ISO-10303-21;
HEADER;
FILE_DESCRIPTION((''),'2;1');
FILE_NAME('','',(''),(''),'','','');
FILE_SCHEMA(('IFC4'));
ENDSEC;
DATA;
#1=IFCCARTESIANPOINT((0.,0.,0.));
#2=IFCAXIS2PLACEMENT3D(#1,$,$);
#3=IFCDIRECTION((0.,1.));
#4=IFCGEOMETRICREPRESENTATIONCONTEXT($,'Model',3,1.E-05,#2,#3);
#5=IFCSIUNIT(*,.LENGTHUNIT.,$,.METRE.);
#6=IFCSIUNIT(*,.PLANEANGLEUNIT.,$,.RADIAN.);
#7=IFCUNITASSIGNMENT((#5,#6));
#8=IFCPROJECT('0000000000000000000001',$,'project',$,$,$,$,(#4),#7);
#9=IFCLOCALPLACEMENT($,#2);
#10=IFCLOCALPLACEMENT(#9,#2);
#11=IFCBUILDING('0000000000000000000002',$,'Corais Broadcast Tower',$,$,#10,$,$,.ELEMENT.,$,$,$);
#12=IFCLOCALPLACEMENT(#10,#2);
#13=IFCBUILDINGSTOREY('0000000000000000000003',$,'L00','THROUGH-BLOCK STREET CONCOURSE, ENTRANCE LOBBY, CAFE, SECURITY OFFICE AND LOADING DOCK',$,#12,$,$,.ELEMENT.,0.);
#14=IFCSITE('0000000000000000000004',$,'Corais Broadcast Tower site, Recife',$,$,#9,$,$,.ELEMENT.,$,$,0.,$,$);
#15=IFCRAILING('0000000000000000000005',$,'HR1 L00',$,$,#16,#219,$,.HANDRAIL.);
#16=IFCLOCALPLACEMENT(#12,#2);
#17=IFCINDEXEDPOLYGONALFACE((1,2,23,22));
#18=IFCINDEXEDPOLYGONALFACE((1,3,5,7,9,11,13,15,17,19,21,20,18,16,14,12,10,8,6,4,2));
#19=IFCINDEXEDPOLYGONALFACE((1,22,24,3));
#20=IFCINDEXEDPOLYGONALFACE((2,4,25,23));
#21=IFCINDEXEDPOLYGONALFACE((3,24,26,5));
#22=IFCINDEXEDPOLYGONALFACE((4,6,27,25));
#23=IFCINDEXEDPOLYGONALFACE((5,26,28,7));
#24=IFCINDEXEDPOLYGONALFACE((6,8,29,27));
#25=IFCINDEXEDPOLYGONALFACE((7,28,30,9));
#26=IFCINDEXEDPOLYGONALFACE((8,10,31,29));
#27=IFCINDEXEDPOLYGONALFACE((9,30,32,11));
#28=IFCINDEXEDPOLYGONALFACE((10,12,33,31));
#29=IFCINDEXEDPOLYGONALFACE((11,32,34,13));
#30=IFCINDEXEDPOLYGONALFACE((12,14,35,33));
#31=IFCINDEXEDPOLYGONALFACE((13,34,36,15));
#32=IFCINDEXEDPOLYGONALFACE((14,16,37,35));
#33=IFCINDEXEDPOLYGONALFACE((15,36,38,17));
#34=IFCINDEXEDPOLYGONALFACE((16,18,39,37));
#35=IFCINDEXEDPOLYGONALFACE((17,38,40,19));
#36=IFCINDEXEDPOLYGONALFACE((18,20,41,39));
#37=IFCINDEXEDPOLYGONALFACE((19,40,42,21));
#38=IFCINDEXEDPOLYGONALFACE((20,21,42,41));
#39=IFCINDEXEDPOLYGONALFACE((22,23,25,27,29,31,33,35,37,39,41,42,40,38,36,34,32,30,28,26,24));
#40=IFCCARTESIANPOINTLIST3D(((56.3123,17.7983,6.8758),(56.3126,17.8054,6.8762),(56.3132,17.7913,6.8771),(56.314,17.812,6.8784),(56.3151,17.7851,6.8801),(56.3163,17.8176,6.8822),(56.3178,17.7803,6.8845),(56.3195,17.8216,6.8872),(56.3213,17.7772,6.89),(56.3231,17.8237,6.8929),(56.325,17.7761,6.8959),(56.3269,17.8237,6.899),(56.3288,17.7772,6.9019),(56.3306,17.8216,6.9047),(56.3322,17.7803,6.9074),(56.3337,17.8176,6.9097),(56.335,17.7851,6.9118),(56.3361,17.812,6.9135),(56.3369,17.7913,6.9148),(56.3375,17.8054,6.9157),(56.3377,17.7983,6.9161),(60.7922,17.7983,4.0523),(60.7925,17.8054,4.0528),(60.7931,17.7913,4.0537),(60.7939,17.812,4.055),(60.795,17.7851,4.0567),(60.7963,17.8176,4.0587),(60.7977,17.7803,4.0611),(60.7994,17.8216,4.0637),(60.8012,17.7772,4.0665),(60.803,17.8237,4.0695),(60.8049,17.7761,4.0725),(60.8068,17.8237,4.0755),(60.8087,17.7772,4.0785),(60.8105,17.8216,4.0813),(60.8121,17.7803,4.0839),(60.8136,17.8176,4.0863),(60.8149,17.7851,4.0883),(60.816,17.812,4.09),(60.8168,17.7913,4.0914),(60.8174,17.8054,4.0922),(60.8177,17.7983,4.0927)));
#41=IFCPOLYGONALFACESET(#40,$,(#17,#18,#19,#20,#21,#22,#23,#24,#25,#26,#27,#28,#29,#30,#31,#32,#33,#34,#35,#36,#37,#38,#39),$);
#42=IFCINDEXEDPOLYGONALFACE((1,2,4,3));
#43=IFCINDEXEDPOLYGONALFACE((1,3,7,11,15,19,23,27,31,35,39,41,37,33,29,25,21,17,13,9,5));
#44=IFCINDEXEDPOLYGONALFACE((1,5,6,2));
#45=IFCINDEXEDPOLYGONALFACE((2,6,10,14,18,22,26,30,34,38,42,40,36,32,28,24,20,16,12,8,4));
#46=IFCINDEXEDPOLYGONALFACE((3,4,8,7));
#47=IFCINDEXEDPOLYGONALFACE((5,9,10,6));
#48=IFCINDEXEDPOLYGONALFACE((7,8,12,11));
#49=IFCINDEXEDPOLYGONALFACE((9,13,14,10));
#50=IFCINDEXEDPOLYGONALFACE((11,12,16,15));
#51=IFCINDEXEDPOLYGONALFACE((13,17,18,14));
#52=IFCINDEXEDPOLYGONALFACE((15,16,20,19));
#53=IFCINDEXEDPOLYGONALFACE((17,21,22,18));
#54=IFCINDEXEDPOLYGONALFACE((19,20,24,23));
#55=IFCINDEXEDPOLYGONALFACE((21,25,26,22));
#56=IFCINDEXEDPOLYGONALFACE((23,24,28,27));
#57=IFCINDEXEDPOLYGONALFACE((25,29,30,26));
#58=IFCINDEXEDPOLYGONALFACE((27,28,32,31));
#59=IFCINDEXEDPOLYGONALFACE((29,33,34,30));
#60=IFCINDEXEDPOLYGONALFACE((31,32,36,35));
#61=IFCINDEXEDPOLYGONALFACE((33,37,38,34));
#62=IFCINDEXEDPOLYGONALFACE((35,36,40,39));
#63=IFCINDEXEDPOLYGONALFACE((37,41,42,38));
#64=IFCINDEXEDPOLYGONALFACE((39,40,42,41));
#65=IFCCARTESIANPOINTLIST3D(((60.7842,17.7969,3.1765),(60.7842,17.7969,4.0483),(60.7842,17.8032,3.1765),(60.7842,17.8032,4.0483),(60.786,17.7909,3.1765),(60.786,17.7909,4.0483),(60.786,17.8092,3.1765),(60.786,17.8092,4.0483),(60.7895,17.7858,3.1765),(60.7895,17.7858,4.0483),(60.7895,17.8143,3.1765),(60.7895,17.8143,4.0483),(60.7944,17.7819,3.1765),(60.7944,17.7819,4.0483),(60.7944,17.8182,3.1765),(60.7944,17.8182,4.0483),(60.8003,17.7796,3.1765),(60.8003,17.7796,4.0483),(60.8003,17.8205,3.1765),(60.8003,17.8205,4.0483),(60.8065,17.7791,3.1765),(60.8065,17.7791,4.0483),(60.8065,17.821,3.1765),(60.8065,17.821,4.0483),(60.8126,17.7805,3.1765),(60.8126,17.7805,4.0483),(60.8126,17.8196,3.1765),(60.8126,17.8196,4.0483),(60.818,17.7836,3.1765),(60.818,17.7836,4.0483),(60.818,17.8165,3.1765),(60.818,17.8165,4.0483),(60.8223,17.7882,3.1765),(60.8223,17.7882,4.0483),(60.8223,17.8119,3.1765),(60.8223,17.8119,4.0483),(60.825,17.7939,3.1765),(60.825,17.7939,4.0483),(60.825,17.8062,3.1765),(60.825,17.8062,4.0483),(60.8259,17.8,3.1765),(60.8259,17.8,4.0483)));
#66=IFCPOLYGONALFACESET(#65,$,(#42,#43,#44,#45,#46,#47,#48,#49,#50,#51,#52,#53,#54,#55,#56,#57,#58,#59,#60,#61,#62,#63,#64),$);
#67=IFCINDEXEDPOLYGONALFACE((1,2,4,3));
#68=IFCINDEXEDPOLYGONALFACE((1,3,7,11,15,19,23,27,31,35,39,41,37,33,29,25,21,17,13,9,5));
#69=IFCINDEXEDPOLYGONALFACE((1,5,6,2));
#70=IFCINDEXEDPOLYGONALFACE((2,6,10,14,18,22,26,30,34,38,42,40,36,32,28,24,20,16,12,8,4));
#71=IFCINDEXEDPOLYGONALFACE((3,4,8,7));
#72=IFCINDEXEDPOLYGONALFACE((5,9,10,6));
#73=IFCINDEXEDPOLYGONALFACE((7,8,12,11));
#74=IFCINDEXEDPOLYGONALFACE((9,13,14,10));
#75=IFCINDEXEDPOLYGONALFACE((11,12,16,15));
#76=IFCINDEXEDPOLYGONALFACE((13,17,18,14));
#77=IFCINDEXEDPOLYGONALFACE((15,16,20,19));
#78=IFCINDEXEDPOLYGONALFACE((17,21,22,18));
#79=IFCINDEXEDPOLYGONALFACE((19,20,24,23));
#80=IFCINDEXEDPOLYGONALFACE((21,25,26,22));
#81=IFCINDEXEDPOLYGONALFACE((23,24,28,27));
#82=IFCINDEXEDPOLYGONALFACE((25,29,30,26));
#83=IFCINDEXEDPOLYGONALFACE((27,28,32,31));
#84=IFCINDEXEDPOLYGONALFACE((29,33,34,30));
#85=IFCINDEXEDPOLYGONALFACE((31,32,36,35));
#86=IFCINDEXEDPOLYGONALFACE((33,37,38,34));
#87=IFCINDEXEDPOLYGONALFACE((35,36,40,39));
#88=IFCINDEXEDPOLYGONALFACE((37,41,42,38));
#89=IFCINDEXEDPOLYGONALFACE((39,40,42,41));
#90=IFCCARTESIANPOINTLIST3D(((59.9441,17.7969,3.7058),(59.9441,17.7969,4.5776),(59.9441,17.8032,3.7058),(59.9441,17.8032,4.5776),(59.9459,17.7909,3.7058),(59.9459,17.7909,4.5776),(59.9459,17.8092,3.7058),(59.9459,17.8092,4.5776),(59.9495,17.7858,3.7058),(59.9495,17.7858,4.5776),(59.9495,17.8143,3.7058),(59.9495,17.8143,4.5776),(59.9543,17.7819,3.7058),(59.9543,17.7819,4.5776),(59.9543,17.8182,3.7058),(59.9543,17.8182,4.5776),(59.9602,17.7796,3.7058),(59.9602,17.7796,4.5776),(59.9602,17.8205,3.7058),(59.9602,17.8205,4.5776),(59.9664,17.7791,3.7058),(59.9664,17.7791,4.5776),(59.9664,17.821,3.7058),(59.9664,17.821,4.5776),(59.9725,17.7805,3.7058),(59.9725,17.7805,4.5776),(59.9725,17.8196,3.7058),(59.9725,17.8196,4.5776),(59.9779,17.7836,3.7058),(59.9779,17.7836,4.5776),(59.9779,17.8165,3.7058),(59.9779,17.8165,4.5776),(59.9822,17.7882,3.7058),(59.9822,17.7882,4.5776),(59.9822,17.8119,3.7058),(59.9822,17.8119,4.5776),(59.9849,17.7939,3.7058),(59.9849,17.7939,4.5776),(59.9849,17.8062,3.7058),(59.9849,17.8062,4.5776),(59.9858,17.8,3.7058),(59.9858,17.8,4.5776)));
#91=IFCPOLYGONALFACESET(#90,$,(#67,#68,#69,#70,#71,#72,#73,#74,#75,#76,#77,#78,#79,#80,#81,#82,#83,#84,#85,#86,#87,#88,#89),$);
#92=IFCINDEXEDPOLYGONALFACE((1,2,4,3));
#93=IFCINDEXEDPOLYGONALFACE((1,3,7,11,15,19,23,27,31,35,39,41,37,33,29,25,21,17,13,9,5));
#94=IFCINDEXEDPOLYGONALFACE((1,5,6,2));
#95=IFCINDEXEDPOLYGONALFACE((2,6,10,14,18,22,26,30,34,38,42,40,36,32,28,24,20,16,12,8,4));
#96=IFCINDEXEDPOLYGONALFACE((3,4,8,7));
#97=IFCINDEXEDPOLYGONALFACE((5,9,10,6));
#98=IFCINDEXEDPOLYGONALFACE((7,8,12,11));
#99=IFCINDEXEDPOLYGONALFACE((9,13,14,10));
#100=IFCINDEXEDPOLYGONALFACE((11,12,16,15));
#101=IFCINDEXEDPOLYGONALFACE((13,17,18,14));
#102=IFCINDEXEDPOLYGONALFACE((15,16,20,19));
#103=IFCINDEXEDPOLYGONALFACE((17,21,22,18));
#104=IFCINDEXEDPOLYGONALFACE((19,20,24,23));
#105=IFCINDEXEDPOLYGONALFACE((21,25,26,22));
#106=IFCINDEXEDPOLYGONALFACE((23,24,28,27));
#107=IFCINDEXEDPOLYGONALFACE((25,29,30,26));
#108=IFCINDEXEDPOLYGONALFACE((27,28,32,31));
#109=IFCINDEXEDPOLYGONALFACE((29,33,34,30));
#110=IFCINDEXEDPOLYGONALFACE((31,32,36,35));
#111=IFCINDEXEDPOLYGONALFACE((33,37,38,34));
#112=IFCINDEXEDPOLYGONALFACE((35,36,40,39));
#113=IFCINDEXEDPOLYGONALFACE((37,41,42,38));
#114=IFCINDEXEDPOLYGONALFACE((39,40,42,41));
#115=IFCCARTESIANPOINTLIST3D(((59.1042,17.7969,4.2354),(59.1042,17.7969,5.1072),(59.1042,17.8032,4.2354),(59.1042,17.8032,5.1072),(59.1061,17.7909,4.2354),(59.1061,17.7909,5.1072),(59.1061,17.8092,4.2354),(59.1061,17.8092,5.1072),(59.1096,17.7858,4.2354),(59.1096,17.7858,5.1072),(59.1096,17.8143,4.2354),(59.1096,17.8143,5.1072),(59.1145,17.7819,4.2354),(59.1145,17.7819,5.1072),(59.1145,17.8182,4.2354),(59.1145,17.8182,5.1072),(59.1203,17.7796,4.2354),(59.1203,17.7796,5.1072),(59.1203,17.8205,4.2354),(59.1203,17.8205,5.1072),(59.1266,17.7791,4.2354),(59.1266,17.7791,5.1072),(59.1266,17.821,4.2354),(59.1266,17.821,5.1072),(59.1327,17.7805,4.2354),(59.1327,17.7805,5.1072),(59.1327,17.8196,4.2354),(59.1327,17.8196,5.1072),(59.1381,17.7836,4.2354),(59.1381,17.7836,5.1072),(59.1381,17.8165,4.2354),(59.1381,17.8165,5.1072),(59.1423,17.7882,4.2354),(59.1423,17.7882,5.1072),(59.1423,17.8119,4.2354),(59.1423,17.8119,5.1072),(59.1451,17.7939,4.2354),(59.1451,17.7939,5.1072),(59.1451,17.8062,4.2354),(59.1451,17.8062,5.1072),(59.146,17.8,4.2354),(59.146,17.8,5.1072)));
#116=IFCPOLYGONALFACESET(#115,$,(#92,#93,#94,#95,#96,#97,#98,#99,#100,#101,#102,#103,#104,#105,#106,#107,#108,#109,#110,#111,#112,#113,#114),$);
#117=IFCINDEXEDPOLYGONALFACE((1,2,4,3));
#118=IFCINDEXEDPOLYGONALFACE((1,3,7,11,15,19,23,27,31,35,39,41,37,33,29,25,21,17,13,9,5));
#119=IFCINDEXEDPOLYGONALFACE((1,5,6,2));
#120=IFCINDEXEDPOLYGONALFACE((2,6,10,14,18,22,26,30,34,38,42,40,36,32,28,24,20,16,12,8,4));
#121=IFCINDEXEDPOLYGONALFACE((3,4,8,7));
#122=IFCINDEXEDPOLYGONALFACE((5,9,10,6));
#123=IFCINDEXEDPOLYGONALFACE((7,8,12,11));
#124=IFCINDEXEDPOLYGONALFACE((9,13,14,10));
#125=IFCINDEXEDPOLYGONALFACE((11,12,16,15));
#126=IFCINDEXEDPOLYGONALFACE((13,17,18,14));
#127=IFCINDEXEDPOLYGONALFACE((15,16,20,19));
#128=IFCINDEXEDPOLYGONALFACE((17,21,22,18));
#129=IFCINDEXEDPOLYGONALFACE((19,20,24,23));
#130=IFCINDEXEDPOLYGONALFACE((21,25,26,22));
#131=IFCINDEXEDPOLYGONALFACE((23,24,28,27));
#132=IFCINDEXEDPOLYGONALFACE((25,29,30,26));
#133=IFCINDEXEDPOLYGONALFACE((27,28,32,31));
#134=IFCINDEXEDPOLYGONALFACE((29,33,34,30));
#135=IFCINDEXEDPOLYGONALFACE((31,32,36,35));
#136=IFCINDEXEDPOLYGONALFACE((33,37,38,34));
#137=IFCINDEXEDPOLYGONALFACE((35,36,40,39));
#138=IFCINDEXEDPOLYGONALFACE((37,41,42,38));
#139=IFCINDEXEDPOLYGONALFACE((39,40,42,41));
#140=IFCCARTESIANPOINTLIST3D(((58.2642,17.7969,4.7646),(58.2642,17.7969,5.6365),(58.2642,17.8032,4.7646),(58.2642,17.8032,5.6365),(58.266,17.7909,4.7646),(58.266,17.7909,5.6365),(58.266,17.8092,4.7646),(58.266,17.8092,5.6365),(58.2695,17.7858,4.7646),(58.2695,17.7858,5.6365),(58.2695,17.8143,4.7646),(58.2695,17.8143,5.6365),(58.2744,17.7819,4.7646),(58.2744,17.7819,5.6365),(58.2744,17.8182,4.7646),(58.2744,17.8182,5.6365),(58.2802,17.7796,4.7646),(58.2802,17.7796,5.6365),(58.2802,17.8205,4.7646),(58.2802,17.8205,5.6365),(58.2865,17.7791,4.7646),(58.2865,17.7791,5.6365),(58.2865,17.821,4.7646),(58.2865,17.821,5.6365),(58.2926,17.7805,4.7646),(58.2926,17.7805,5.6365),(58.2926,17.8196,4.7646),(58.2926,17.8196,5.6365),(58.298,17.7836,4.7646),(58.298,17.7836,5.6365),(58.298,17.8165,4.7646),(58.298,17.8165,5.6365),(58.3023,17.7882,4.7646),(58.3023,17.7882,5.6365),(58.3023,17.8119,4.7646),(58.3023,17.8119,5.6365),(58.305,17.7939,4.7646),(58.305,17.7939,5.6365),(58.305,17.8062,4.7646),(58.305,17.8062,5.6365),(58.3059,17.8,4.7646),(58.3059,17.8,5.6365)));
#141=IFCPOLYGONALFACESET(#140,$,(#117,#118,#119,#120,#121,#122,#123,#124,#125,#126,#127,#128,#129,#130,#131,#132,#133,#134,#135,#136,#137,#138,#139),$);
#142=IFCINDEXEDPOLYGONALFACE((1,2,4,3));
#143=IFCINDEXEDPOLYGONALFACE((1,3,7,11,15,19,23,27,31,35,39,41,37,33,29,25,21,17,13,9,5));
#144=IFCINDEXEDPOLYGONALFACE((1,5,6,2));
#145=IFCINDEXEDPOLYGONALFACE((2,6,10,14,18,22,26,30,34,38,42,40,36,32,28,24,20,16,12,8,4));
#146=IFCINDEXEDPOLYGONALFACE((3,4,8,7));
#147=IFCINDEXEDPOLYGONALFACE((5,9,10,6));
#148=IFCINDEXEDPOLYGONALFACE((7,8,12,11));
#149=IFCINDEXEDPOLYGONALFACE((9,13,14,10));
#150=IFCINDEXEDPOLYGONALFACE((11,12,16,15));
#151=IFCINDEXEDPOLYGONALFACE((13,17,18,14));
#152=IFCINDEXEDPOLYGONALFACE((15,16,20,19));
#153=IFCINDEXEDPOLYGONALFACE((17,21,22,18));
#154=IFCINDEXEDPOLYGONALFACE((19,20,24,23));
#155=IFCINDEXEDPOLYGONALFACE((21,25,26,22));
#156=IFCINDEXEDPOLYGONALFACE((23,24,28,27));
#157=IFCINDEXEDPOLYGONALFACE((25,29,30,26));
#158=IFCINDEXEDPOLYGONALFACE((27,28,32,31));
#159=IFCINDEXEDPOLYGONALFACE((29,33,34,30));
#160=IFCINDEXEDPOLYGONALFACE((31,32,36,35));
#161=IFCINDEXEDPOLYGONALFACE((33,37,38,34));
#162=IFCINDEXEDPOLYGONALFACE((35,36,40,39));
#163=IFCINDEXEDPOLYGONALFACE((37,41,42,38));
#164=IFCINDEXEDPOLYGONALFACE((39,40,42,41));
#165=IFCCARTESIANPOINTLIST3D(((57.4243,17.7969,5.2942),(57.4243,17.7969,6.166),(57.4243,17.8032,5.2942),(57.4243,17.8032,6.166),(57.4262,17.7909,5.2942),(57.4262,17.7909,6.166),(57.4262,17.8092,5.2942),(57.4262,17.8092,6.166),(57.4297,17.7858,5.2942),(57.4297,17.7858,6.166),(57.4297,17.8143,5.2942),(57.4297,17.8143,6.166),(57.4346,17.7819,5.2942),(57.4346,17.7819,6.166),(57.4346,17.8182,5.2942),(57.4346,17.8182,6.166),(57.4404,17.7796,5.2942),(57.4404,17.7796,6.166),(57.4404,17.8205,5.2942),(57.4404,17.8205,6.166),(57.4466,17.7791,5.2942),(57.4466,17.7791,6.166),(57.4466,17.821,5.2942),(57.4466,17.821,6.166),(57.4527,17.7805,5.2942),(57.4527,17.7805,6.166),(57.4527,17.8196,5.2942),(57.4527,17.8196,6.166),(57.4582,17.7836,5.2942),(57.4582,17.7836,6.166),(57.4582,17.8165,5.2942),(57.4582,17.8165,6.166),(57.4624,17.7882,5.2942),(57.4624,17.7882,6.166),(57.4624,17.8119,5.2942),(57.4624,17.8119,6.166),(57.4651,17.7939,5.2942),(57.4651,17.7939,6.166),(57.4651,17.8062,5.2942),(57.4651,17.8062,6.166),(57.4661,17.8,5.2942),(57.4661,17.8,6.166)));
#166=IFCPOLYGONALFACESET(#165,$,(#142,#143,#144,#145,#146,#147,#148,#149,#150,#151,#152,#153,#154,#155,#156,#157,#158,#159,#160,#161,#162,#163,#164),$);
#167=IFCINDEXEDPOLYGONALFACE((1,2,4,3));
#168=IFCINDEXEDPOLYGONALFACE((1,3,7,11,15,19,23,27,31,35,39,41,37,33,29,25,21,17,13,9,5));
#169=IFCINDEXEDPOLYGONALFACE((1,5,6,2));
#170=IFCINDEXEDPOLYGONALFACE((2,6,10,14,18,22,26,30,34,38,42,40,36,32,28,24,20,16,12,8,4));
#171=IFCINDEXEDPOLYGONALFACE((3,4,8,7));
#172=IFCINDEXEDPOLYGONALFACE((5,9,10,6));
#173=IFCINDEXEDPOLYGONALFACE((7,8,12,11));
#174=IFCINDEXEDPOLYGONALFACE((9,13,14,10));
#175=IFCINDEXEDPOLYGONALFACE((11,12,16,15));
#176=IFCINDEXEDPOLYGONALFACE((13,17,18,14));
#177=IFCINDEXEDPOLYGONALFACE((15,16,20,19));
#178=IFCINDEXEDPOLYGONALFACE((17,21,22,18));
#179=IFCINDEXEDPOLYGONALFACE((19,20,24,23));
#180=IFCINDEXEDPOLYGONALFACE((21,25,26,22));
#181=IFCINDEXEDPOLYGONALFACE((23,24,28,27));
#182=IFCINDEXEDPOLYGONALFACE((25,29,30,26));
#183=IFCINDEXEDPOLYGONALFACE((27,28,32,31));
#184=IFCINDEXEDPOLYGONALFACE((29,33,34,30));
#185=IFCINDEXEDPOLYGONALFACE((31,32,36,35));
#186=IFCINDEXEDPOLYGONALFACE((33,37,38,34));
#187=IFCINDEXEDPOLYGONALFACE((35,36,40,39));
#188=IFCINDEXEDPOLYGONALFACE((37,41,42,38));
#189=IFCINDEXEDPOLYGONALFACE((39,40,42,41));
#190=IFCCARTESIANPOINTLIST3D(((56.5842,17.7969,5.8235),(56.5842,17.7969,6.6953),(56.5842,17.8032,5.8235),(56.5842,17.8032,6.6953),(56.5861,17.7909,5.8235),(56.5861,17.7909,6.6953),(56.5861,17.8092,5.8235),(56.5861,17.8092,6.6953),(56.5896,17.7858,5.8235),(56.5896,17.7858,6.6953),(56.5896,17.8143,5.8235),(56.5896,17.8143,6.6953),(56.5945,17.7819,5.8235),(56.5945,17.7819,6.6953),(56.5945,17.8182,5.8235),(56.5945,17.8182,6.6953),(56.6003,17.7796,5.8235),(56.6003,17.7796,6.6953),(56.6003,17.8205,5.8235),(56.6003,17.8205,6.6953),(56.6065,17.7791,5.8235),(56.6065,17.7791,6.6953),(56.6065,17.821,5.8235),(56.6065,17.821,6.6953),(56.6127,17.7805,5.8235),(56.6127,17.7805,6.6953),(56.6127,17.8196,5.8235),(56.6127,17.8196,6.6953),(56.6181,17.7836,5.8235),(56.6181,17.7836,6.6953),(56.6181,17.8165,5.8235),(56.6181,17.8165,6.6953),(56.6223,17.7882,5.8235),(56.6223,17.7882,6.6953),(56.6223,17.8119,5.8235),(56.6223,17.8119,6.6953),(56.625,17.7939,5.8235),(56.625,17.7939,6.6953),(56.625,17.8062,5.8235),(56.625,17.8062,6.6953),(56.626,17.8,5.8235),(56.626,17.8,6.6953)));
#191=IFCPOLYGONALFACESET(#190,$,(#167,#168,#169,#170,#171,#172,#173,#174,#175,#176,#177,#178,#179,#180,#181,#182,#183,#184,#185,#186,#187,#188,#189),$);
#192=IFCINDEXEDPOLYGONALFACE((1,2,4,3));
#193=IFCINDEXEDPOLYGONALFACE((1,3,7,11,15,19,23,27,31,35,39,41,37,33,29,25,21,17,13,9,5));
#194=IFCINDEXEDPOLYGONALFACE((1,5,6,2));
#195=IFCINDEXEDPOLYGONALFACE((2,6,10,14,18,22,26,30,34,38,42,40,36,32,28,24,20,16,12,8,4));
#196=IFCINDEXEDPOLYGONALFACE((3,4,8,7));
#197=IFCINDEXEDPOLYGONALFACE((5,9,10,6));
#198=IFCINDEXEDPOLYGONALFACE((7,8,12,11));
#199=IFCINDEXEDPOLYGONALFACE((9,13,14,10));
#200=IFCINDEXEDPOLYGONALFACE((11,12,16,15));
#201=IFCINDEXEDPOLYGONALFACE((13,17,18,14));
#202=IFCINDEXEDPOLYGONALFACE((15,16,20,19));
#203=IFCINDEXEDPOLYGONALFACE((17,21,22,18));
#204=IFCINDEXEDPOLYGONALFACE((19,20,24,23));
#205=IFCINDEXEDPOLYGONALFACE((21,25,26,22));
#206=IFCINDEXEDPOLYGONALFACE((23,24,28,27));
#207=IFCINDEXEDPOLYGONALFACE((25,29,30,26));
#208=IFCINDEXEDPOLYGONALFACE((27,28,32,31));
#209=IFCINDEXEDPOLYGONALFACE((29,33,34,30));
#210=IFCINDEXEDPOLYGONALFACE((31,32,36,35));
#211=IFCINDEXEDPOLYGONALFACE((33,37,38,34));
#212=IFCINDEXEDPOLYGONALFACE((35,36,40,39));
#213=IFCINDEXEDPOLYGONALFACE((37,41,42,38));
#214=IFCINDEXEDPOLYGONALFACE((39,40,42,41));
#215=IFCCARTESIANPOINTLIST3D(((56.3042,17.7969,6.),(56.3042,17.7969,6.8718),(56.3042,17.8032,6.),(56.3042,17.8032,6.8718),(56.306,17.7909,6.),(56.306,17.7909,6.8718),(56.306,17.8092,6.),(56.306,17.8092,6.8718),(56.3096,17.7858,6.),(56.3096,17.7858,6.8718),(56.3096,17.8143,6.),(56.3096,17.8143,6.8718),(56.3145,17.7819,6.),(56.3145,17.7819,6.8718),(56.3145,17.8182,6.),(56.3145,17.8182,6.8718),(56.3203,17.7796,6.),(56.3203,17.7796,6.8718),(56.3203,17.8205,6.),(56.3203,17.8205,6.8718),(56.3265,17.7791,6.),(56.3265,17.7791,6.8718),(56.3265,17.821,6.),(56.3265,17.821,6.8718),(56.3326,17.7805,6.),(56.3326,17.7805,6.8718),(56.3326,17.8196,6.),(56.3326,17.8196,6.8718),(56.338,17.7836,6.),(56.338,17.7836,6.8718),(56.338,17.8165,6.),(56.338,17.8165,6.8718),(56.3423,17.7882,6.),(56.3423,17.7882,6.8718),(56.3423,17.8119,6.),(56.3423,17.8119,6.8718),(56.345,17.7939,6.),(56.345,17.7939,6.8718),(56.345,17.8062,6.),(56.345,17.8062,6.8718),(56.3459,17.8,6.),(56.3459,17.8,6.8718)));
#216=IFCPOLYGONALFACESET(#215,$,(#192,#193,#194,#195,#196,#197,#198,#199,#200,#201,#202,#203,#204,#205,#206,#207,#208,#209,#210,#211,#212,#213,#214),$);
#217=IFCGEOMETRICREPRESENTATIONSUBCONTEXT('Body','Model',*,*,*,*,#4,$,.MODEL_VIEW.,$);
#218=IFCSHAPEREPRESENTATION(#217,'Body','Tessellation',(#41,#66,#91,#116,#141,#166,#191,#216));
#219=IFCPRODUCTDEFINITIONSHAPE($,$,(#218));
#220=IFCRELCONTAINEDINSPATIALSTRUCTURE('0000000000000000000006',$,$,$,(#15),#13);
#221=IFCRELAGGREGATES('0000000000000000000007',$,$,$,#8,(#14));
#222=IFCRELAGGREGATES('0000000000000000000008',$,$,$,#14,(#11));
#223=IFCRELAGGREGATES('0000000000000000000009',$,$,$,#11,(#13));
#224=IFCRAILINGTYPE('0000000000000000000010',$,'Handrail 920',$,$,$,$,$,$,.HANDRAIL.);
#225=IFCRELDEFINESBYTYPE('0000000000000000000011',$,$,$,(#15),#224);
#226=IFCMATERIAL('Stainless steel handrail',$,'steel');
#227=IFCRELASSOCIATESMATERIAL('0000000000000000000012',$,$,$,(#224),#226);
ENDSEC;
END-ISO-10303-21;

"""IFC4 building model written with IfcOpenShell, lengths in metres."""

from ifc_helpers import new_model, si_unit, direction, frame, origin, origin_2d, place, context, subcontext, project, spatial, circle, extrude, material, type_object, element, save


model = new_model("IFC4")

# Units and contexts
model_context = context("Model", 3, precision=1e-05, world=origin(), true_north=direction((0.0, 1.0)))
body_context = subcontext(model_context, "Body", "Model", "MODEL_VIEW")
ifc_project = project(units=[si_unit("LENGTHUNIT", "METRE"), si_unit("PLANEANGLEUNIT", "RADIAN")], contexts=[model_context])

# Site, building, storey
site_placement = place(None, origin())
site = spatial("IfcSite", under=ifc_project, at=site_placement, Name="Corais Broadcast Tower site, Recife", CompositionType="ELEMENT", RefElevation=0.0)
building_placement = place(site_placement, origin())
building = spatial("IfcBuilding", under=site, at=building_placement, Name="Corais Broadcast Tower", CompositionType="ELEMENT")
storey_placement = place(building_placement, origin())
storey = spatial("IfcBuildingStorey", under=building, at=storey_placement, Name="L00", Description="THROUGH-BLOCK STREET CONCOURSE, ENTRANCE LOBBY, CAFE, SECURITY OFFICE AND LOADING DOCK", CompositionType="ELEMENT", Elevation=0.0)

# Railing
ifc_material_1 = material(Name="Stainless steel handrail", Category="steel")
railing_type = type_object("IfcRailingType", Name="Handrail 920", PredefinedType="HANDRAIL", material=ifc_material_1)
for number, where, name in (
    (1, (60.8049, 17.8, 3.1765), "HR1 L00"),
):
    element("IfcRailing", number, at=place(storey_placement, frame(where)), inside=storey, type_object=railing_type, Name=name, PredefinedType="HANDRAIL", context=body_context, shape_type="SweptSolid", body=[
        extrude(circle(Radius=0.0239, at=origin_2d()), frame((0.0, 0.0, 0.896), z_axis=(-0.845998, 0.0, 0.533186), x_axis=(0.0, -1.0, 0.0)), (0.0, 0.0, 1.0), 5.2954),
        extrude(circle(Radius=0.021, at=origin_2d()), origin(), (0.0, 0.0, 1.0), 0.8718),
        extrude(circle(Radius=0.021, at=origin_2d()), frame((-0.8401, 0.0, 0.5293)), (0.0, 0.0, 1.0), 0.8718),
        extrude(circle(Radius=0.021, at=origin_2d()), frame((-1.6799, 0.0, 1.0588)), (0.0, 0.0, 1.0), 0.8718),
        extrude(circle(Radius=0.021, at=origin_2d()), frame((-2.52, 0.0, 1.5881)), (0.0, 0.0, 1.0), 0.8718),
        extrude(circle(Radius=0.021, at=origin_2d()), frame((-3.3599, 0.0, 2.1177)), (0.0, 0.0, 1.0), 0.8718),
        extrude(circle(Radius=0.021, at=origin_2d()), frame((-4.2, 0.0, 2.647)), (0.0, 0.0, 1.0), 0.8718),
        extrude(circle(Radius=0.021, at=origin_2d()), frame((-4.48, 0.0, 2.8235)), (0.0, 0.0, 1.0), 0.8718),
    ])

save(model, "model.ifc")
